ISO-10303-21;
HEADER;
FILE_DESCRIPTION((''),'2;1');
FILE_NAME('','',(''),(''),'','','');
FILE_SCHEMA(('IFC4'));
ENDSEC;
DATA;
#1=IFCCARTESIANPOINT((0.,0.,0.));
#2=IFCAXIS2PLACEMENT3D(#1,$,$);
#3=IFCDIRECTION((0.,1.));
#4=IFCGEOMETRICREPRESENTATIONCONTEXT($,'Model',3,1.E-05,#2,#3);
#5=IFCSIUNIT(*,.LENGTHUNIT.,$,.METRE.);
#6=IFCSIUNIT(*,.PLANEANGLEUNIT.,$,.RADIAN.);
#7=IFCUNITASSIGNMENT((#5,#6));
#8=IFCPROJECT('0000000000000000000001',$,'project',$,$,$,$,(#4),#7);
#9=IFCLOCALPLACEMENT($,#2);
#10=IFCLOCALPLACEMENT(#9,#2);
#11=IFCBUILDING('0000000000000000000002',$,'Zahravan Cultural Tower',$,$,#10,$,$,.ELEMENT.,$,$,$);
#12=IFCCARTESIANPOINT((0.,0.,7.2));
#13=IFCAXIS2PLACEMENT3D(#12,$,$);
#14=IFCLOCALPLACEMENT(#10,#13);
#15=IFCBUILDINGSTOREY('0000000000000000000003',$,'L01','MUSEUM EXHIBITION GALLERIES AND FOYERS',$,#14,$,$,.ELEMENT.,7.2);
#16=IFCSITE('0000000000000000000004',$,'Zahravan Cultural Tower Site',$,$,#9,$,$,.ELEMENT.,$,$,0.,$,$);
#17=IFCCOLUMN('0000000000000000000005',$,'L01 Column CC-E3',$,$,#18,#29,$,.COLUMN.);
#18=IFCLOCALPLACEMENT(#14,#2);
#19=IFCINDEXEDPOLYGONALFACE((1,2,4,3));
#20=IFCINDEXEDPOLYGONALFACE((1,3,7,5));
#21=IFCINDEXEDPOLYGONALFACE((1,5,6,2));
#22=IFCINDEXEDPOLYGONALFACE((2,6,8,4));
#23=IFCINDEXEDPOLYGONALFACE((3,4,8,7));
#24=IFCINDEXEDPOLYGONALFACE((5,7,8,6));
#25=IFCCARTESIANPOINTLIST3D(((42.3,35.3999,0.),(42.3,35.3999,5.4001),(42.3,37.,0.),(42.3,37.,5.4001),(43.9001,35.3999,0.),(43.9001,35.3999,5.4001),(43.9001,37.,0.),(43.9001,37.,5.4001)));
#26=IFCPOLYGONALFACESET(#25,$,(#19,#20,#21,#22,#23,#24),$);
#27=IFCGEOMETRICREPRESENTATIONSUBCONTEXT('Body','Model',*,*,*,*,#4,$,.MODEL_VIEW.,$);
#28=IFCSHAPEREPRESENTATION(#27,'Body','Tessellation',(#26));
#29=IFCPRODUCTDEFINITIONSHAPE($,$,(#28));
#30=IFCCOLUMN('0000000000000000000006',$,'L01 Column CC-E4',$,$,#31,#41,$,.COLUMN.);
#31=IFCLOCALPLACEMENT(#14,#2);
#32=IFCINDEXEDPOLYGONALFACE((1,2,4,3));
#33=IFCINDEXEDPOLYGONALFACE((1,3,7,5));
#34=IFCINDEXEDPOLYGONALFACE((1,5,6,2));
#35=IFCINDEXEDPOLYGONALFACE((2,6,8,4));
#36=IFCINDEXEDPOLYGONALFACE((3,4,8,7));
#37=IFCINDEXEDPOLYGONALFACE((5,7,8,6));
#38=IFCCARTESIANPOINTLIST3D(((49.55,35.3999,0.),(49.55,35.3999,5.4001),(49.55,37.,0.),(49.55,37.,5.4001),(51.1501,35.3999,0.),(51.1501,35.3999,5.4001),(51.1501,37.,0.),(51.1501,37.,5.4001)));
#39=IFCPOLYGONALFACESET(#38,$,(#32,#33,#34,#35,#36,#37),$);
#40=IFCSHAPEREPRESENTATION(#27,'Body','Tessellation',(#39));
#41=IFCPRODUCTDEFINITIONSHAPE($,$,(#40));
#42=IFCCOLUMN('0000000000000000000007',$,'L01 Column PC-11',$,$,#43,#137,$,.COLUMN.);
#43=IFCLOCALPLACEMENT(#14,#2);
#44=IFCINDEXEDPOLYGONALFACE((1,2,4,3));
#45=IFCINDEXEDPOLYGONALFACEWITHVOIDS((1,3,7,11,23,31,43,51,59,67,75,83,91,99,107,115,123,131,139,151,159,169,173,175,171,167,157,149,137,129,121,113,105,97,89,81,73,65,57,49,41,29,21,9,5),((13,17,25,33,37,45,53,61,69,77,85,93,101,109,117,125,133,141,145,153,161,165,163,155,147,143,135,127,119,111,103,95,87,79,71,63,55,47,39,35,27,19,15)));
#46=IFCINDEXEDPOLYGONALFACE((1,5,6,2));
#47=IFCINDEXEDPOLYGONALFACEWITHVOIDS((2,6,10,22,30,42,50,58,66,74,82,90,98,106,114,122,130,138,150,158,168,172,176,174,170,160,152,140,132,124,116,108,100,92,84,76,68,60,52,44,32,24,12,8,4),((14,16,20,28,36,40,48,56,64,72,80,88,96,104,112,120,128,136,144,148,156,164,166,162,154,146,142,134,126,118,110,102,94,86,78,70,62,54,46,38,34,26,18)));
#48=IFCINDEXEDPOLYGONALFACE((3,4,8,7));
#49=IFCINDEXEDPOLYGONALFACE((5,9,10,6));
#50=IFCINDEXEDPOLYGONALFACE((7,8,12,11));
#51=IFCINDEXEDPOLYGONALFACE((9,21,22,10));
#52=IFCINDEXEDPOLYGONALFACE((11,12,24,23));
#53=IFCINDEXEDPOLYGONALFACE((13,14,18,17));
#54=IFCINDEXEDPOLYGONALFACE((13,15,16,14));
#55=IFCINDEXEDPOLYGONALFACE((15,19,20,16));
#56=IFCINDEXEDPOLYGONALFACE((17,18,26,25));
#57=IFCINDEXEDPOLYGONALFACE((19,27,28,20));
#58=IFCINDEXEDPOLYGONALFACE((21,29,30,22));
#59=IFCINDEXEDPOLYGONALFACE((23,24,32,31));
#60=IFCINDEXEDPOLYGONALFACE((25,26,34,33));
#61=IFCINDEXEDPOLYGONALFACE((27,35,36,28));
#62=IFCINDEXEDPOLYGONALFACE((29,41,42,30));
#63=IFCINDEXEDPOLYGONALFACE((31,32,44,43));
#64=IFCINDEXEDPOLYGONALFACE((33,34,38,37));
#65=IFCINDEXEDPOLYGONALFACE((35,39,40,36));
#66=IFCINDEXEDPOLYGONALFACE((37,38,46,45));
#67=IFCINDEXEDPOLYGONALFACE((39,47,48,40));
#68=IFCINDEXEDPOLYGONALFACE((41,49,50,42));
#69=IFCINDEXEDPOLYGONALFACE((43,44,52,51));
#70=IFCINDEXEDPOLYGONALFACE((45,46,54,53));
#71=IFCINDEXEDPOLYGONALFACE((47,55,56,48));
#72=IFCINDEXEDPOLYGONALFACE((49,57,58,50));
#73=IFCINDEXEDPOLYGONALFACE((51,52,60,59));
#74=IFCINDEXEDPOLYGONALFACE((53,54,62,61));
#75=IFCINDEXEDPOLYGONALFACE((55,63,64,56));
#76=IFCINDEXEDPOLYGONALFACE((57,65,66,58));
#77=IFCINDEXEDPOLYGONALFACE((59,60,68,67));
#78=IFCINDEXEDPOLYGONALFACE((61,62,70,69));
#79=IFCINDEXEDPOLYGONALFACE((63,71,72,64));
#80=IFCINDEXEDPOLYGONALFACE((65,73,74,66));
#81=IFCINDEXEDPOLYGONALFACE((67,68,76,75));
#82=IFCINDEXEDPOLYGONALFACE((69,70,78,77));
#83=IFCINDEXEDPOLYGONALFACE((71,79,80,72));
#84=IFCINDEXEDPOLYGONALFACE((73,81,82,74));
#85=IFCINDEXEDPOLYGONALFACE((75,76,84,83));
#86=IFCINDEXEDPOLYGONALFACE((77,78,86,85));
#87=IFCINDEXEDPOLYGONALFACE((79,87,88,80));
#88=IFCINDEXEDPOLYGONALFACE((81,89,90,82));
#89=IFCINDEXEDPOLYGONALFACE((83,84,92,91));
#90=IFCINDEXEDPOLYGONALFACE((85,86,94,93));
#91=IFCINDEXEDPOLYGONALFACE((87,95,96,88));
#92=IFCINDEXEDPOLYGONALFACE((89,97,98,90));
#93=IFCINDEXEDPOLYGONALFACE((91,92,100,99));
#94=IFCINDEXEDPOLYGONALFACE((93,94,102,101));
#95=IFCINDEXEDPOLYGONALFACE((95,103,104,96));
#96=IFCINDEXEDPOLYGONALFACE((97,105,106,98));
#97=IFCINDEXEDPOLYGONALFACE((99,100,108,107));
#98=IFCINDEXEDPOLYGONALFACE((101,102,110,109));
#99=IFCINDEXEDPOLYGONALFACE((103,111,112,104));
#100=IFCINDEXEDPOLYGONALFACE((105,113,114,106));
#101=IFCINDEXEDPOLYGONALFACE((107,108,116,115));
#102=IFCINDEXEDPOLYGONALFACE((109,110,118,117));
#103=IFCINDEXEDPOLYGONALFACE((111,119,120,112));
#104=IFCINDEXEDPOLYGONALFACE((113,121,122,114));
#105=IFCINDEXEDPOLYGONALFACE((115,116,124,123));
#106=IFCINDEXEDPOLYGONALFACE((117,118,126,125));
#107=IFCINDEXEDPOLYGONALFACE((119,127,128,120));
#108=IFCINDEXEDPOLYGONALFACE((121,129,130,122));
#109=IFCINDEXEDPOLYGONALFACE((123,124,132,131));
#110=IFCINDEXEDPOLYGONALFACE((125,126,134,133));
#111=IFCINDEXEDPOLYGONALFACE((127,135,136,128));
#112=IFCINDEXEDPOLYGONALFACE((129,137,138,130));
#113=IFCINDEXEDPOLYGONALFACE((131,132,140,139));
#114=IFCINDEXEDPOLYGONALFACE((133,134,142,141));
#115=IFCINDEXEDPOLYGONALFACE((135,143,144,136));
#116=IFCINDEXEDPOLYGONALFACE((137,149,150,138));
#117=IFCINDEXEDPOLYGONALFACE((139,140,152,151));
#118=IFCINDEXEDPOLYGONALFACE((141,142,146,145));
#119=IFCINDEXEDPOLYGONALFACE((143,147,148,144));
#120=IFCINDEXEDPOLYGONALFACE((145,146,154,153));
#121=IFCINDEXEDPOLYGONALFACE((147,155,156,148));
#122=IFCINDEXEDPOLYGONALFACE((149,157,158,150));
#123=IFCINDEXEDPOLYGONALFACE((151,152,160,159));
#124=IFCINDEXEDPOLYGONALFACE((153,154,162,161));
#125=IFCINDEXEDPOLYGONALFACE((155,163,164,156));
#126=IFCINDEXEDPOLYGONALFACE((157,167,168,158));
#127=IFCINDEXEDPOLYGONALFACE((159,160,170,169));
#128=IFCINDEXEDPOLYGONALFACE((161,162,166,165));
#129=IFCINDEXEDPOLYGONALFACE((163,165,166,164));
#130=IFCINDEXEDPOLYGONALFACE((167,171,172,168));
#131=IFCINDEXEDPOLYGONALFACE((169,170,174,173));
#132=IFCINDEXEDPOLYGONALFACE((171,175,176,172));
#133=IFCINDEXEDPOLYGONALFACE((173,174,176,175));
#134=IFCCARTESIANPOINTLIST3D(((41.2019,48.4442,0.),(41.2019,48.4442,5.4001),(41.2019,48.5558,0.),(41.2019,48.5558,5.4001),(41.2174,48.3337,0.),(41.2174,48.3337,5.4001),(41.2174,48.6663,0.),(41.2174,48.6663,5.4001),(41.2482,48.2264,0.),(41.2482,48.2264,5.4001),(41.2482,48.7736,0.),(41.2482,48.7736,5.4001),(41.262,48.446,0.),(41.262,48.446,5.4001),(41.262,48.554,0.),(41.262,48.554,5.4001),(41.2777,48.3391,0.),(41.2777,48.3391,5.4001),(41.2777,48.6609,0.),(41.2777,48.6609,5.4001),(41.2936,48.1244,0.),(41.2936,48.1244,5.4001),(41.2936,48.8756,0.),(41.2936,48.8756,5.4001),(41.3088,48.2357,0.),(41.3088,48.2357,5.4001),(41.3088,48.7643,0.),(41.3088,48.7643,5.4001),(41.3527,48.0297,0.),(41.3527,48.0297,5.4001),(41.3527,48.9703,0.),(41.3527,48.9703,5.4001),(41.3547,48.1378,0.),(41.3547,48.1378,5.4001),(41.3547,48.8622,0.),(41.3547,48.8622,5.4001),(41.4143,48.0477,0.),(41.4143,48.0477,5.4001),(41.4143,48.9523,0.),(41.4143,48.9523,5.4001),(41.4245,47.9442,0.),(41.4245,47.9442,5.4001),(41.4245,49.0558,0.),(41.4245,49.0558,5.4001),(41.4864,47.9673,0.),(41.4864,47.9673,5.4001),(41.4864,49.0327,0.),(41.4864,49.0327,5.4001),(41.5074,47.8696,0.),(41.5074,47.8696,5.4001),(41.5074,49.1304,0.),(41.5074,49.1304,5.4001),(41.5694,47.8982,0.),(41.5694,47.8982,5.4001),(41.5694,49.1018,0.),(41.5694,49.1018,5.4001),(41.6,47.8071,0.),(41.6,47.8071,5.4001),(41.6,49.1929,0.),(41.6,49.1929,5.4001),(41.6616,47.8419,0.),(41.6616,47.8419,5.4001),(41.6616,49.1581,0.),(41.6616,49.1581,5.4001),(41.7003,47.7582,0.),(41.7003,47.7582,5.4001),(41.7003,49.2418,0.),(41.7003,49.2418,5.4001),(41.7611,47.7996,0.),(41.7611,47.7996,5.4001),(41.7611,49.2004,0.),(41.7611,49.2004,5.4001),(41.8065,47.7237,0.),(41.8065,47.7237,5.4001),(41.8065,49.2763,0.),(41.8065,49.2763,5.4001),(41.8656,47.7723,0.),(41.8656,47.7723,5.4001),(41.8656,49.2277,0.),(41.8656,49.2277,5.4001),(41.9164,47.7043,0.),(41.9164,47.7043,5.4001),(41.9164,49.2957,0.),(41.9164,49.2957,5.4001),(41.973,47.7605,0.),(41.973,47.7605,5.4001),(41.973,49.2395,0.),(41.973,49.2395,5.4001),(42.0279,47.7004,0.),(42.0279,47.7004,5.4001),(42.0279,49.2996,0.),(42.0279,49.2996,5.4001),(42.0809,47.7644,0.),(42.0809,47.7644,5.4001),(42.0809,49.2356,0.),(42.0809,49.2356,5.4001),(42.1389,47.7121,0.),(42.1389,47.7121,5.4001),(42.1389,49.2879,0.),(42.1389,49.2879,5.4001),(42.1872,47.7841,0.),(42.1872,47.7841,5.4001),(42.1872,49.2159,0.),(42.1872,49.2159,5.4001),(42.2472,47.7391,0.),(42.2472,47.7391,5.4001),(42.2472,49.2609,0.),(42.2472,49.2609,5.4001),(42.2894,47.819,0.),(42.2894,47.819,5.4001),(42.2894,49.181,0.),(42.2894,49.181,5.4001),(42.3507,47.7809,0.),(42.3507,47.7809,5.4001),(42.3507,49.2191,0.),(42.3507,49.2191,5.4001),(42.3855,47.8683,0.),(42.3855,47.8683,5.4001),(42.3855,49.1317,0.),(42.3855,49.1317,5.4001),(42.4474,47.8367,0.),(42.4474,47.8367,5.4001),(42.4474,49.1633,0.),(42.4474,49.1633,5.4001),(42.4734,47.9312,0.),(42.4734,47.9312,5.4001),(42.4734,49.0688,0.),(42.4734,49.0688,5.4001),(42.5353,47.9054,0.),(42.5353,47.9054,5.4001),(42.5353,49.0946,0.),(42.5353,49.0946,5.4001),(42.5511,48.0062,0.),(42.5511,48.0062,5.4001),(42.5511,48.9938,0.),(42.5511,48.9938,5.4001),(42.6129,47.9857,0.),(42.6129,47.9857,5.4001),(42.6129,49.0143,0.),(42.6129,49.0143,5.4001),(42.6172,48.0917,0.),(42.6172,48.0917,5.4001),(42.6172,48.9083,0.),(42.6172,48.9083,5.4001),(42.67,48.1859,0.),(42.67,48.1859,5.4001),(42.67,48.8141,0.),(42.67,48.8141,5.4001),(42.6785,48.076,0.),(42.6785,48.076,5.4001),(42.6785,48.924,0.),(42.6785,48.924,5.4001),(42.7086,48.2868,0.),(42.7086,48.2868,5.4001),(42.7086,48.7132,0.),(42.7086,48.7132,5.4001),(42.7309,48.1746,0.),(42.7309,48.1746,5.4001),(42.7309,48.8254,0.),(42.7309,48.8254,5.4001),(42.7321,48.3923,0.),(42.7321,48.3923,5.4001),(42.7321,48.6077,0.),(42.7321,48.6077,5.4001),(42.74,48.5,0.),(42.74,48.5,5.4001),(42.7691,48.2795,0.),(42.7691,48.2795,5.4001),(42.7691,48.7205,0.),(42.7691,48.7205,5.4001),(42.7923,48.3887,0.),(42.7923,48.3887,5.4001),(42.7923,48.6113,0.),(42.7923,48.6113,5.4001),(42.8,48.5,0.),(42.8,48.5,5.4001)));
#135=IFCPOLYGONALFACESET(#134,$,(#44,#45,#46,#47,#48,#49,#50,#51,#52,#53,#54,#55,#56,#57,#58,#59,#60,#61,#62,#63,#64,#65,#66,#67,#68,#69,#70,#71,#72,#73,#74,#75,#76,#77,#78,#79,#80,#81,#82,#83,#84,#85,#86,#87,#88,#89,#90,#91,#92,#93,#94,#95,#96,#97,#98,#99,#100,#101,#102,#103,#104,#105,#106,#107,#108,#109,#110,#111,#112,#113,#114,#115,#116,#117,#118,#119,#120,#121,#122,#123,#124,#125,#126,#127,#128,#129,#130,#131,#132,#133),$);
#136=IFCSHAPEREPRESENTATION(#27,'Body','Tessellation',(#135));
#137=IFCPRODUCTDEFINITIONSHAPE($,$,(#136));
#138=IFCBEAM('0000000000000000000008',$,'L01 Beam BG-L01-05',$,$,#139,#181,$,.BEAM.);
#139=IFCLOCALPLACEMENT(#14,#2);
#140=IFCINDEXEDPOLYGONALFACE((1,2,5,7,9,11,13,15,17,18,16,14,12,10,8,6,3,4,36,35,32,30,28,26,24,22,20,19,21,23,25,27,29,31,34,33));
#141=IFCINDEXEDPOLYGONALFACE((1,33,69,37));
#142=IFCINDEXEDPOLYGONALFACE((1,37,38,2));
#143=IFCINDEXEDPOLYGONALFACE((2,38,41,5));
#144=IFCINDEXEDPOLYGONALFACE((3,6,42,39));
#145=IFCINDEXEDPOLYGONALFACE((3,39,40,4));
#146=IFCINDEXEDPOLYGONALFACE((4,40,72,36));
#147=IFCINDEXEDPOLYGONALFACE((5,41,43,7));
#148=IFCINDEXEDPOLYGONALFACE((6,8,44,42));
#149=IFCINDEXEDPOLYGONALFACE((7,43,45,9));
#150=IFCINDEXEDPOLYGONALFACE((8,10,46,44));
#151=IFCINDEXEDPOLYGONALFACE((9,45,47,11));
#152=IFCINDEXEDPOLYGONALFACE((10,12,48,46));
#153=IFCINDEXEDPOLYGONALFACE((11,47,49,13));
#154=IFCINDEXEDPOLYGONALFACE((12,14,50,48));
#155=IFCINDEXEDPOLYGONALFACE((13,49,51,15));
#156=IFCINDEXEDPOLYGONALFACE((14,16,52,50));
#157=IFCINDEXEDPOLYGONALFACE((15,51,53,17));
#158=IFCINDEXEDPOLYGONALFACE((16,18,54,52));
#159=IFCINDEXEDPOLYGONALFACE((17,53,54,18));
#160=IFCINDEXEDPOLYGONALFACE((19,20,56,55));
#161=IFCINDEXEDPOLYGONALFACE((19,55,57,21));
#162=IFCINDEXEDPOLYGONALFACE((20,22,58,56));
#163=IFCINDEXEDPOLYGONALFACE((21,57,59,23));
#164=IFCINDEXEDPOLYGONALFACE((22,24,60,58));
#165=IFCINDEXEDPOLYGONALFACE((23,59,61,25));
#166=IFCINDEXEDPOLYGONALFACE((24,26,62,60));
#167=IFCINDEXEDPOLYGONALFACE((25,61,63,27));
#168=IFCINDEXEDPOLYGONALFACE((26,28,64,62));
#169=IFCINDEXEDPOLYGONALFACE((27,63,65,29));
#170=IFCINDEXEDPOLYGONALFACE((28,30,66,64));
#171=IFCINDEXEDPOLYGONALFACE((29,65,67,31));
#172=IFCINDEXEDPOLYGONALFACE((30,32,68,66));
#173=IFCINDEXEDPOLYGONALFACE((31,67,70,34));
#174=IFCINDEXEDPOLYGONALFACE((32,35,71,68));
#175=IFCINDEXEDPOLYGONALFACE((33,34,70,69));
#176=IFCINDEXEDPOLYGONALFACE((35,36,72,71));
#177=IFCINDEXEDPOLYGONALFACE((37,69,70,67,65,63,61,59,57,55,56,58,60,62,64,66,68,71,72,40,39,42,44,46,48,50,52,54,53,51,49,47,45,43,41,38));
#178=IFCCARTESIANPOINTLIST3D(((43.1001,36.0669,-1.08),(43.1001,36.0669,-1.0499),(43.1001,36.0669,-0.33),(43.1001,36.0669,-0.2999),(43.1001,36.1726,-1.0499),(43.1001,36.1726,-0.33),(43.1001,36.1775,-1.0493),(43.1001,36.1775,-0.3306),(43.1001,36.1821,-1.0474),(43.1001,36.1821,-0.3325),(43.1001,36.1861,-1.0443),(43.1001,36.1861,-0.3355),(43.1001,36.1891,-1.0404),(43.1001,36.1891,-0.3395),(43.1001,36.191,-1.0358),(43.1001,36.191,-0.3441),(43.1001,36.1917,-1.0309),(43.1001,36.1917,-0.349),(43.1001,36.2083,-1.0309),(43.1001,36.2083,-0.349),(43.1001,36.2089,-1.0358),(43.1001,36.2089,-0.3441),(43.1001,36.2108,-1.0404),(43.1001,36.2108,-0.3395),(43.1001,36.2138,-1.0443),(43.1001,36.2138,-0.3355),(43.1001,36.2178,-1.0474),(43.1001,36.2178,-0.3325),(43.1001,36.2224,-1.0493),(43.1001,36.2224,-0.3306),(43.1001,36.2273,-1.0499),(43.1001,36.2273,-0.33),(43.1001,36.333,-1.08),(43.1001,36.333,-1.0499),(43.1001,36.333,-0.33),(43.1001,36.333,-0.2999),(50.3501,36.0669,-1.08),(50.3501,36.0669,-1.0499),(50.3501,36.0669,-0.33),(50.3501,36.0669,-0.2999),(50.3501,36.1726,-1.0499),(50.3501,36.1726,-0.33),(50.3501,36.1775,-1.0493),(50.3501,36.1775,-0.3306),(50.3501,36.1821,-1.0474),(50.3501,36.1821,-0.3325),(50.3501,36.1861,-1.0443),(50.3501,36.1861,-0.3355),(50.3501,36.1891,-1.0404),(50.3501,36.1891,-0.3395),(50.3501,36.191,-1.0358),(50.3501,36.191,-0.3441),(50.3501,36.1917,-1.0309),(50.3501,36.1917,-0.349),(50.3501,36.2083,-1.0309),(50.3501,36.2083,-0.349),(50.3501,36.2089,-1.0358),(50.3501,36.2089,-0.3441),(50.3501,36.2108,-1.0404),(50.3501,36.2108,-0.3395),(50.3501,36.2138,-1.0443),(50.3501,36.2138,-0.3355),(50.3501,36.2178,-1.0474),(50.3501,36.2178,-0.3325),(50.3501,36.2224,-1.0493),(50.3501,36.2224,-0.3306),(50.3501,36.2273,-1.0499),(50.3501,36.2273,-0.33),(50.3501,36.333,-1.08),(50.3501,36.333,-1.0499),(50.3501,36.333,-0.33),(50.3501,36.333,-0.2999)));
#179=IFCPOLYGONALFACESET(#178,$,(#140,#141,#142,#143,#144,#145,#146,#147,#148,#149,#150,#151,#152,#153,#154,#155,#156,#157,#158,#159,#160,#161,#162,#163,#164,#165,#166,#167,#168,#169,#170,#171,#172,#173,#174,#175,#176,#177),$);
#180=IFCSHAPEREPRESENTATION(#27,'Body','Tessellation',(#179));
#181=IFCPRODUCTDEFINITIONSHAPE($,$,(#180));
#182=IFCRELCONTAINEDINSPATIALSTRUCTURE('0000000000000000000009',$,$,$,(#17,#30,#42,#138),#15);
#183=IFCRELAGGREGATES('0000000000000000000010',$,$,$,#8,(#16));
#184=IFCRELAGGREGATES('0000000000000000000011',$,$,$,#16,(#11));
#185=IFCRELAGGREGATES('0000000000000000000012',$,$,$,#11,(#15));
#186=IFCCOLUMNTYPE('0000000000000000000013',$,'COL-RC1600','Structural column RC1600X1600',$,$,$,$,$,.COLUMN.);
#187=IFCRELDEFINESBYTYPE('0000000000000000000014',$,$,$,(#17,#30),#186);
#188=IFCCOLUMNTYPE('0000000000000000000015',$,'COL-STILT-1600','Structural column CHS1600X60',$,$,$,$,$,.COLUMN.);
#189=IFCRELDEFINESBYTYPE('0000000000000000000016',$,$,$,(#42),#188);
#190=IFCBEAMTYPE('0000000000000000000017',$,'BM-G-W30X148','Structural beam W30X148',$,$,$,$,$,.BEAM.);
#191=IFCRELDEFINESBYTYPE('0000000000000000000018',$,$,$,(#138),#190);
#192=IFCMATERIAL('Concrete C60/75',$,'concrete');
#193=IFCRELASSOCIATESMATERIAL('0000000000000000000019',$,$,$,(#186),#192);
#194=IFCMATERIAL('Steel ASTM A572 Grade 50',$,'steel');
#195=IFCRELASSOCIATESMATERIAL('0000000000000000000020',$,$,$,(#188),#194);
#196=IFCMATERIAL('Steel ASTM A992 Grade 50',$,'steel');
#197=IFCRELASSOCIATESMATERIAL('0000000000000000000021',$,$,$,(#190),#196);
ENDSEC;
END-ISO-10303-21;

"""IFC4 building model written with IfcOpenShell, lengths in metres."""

from ifc_helpers import new_model, si_unit, direction, frame, origin, origin_2d, place, context, subcontext, project, spatial, rectangle, hollow_circle, i_section, extrude, source, transform, mapped, material, material_profile, profile_set, type_object, element, save


model = new_model("IFC4")

# Units and contexts
model_context = context("Model", 3, precision=1e-05, world=origin(), true_north=direction((0.0, 1.0)))
body_context = subcontext(model_context, "Body", "Model", "MODEL_VIEW")
ifc_project = project(units=[si_unit("LENGTHUNIT", "METRE"), si_unit("PLANEANGLEUNIT", "RADIAN")], contexts=[model_context])

# Site, building, storey
site_placement = place(None, origin())
site = spatial("IfcSite", under=ifc_project, at=site_placement, Name="Zahravan Cultural Tower Site", CompositionType="ELEMENT", RefElevation=0.0)
building_placement = place(site_placement, origin())
building = spatial("IfcBuilding", under=site, at=building_placement, Name="Zahravan Cultural Tower", CompositionType="ELEMENT")
storey_placement = place(building_placement, frame((0.0, 0.0, 7.2)))
storey = spatial("IfcBuildingStorey", under=building, at=storey_placement, Name="L01", Description="MUSEUM EXHIBITION GALLERIES AND FOYERS", CompositionType="ELEMENT", Elevation=7.2)

# Columns
ifc_material_1 = material(Name="Concrete C60/75", Category="concrete")
ifc_material_profile_1 = material_profile(ifc_material_1, rectangle(XDim=1.6001, YDim=1.6001, at=origin_2d()), Name="RC1600X1600")
ifc_profile_set_1 = profile_set([ifc_material_profile_1], Name="Concrete C60/75")
column_type_1 = type_object("IfcColumnType", Name="COL-RC1600", Description="Structural column RC1600X1600", PredefinedType="COLUMN", material=ifc_profile_set_1)
shared_shape_1 = source(origin(), body_context, "Body", "SweptSolid", [
    extrude(rectangle(XDim=1.6001, YDim=1.6001, at=origin_2d()), origin(), (0.0, 0.0, 1.0), 5.4001),
])
for number, where, z_axis, x_axis, name in (
    (1, (43.1001, 36.2, 0.0), (0.0, 0.0, 1.0), (1.0, 0.0, 0.0), "L01 Column CC-E3"),
    (2, (50.3501, 36.2, 0.0), (0.0, 0.0, 1.0), (1.0, 0.0, 0.0), "L01 Column CC-E4"),
):
    element("IfcColumn", number, at=place(storey_placement, frame(where, z_axis=z_axis, x_axis=x_axis)), inside=storey, type_object=column_type_1, Name=name, PredefinedType="COLUMN", context=body_context, shape_type="MappedRepresentation", body=[
        mapped(shared_shape_1, transform((0.0, 0.0, 0.0), x_axis=(1.0, 0.0, 0.0), y_axis=(0.0, 1.0, 0.0), z_axis=(0.0, 0.0, 1.0), scale=1.0)),
    ])
ifc_material_2 = material(Name="Steel ASTM A572 Grade 50", Category="steel")
ifc_material_profile_2 = material_profile(ifc_material_2, hollow_circle(Radius=0.8, WallThickness=0.0601, at=origin_2d()), Name="CHS1600X60")
ifc_profile_set_2 = profile_set([ifc_material_profile_2], Name="Steel ASTM A572 Grade 50")
column_type_2 = type_object("IfcColumnType", Name="COL-STILT-1600", Description="Structural column CHS1600X60", PredefinedType="COLUMN", material=ifc_profile_set_2)
shared_shape_2 = source(origin(), body_context, "Body", "SweptSolid", [
    extrude(hollow_circle(Radius=0.8, WallThickness=0.0601, at=origin_2d()), origin(), (0.0, 0.0, 1.0), 5.4001),
])
column_placement = place(storey_placement, frame((42.0, 48.5, 0.0), z_axis=(0.0, 0.0, 1.0), x_axis=(1.0, 0.0, 0.0)))
element("IfcColumn", 3, at=column_placement, inside=storey, type_object=column_type_2, Name="L01 Column PC-11", PredefinedType="COLUMN", context=body_context, shape_type="MappedRepresentation", body=[
    mapped(shared_shape_2, transform((0.0, 0.0, 0.0), x_axis=(1.0, 0.0, 0.0), y_axis=(0.0, 1.0, 0.0), z_axis=(0.0, 0.0, 1.0), scale=1.0)),
])

# Beam
ifc_material_3 = material(Name="Steel ASTM A992 Grade 50", Category="steel")
ifc_material_profile_3 = material_profile(ifc_material_3, i_section(OverallWidth=0.2661, OverallDepth=0.78, WebThickness=0.0166, FlangeThickness=0.03, FilletRadius=0.019, at=origin_2d()), Name="W30X148")
ifc_profile_set_3 = profile_set([ifc_material_profile_3], Name="Steel ASTM A992 Grade 50")
beam_type_1 = type_object("IfcBeamType", Name="BM-G-W30X148", Description="Structural beam W30X148", PredefinedType="BEAM", material=ifc_profile_set_3)
shared_shape_3 = source(origin(), body_context, "Body", "SweptSolid", [
    extrude(i_section(OverallWidth=0.2661, OverallDepth=0.78, WebThickness=0.0166, FlangeThickness=0.03, FilletRadius=0.019, at=origin_2d()), origin(), (0.0, 0.0, 1.0), 7.25),
])
beam_1_placement = place(storey_placement, frame((43.1001, 36.2, -0.6899), z_axis=(1.0, 0.0, 0.0), x_axis=(0.0, 1.0, 0.0)))
element("IfcBeam", 4, at=beam_1_placement, inside=storey, type_object=beam_type_1, Name="L01 Beam BG-L01-05", PredefinedType="BEAM", context=body_context, shape_type="MappedRepresentation", body=[
    mapped(shared_shape_3, transform((0.0, 0.0, 0.0), x_axis=(1.0, 0.0, 0.0), y_axis=(0.0, 1.0, 0.0), z_axis=(0.0, 0.0, 1.0), scale=1.0)),
])

save(model, "model.ifc")
